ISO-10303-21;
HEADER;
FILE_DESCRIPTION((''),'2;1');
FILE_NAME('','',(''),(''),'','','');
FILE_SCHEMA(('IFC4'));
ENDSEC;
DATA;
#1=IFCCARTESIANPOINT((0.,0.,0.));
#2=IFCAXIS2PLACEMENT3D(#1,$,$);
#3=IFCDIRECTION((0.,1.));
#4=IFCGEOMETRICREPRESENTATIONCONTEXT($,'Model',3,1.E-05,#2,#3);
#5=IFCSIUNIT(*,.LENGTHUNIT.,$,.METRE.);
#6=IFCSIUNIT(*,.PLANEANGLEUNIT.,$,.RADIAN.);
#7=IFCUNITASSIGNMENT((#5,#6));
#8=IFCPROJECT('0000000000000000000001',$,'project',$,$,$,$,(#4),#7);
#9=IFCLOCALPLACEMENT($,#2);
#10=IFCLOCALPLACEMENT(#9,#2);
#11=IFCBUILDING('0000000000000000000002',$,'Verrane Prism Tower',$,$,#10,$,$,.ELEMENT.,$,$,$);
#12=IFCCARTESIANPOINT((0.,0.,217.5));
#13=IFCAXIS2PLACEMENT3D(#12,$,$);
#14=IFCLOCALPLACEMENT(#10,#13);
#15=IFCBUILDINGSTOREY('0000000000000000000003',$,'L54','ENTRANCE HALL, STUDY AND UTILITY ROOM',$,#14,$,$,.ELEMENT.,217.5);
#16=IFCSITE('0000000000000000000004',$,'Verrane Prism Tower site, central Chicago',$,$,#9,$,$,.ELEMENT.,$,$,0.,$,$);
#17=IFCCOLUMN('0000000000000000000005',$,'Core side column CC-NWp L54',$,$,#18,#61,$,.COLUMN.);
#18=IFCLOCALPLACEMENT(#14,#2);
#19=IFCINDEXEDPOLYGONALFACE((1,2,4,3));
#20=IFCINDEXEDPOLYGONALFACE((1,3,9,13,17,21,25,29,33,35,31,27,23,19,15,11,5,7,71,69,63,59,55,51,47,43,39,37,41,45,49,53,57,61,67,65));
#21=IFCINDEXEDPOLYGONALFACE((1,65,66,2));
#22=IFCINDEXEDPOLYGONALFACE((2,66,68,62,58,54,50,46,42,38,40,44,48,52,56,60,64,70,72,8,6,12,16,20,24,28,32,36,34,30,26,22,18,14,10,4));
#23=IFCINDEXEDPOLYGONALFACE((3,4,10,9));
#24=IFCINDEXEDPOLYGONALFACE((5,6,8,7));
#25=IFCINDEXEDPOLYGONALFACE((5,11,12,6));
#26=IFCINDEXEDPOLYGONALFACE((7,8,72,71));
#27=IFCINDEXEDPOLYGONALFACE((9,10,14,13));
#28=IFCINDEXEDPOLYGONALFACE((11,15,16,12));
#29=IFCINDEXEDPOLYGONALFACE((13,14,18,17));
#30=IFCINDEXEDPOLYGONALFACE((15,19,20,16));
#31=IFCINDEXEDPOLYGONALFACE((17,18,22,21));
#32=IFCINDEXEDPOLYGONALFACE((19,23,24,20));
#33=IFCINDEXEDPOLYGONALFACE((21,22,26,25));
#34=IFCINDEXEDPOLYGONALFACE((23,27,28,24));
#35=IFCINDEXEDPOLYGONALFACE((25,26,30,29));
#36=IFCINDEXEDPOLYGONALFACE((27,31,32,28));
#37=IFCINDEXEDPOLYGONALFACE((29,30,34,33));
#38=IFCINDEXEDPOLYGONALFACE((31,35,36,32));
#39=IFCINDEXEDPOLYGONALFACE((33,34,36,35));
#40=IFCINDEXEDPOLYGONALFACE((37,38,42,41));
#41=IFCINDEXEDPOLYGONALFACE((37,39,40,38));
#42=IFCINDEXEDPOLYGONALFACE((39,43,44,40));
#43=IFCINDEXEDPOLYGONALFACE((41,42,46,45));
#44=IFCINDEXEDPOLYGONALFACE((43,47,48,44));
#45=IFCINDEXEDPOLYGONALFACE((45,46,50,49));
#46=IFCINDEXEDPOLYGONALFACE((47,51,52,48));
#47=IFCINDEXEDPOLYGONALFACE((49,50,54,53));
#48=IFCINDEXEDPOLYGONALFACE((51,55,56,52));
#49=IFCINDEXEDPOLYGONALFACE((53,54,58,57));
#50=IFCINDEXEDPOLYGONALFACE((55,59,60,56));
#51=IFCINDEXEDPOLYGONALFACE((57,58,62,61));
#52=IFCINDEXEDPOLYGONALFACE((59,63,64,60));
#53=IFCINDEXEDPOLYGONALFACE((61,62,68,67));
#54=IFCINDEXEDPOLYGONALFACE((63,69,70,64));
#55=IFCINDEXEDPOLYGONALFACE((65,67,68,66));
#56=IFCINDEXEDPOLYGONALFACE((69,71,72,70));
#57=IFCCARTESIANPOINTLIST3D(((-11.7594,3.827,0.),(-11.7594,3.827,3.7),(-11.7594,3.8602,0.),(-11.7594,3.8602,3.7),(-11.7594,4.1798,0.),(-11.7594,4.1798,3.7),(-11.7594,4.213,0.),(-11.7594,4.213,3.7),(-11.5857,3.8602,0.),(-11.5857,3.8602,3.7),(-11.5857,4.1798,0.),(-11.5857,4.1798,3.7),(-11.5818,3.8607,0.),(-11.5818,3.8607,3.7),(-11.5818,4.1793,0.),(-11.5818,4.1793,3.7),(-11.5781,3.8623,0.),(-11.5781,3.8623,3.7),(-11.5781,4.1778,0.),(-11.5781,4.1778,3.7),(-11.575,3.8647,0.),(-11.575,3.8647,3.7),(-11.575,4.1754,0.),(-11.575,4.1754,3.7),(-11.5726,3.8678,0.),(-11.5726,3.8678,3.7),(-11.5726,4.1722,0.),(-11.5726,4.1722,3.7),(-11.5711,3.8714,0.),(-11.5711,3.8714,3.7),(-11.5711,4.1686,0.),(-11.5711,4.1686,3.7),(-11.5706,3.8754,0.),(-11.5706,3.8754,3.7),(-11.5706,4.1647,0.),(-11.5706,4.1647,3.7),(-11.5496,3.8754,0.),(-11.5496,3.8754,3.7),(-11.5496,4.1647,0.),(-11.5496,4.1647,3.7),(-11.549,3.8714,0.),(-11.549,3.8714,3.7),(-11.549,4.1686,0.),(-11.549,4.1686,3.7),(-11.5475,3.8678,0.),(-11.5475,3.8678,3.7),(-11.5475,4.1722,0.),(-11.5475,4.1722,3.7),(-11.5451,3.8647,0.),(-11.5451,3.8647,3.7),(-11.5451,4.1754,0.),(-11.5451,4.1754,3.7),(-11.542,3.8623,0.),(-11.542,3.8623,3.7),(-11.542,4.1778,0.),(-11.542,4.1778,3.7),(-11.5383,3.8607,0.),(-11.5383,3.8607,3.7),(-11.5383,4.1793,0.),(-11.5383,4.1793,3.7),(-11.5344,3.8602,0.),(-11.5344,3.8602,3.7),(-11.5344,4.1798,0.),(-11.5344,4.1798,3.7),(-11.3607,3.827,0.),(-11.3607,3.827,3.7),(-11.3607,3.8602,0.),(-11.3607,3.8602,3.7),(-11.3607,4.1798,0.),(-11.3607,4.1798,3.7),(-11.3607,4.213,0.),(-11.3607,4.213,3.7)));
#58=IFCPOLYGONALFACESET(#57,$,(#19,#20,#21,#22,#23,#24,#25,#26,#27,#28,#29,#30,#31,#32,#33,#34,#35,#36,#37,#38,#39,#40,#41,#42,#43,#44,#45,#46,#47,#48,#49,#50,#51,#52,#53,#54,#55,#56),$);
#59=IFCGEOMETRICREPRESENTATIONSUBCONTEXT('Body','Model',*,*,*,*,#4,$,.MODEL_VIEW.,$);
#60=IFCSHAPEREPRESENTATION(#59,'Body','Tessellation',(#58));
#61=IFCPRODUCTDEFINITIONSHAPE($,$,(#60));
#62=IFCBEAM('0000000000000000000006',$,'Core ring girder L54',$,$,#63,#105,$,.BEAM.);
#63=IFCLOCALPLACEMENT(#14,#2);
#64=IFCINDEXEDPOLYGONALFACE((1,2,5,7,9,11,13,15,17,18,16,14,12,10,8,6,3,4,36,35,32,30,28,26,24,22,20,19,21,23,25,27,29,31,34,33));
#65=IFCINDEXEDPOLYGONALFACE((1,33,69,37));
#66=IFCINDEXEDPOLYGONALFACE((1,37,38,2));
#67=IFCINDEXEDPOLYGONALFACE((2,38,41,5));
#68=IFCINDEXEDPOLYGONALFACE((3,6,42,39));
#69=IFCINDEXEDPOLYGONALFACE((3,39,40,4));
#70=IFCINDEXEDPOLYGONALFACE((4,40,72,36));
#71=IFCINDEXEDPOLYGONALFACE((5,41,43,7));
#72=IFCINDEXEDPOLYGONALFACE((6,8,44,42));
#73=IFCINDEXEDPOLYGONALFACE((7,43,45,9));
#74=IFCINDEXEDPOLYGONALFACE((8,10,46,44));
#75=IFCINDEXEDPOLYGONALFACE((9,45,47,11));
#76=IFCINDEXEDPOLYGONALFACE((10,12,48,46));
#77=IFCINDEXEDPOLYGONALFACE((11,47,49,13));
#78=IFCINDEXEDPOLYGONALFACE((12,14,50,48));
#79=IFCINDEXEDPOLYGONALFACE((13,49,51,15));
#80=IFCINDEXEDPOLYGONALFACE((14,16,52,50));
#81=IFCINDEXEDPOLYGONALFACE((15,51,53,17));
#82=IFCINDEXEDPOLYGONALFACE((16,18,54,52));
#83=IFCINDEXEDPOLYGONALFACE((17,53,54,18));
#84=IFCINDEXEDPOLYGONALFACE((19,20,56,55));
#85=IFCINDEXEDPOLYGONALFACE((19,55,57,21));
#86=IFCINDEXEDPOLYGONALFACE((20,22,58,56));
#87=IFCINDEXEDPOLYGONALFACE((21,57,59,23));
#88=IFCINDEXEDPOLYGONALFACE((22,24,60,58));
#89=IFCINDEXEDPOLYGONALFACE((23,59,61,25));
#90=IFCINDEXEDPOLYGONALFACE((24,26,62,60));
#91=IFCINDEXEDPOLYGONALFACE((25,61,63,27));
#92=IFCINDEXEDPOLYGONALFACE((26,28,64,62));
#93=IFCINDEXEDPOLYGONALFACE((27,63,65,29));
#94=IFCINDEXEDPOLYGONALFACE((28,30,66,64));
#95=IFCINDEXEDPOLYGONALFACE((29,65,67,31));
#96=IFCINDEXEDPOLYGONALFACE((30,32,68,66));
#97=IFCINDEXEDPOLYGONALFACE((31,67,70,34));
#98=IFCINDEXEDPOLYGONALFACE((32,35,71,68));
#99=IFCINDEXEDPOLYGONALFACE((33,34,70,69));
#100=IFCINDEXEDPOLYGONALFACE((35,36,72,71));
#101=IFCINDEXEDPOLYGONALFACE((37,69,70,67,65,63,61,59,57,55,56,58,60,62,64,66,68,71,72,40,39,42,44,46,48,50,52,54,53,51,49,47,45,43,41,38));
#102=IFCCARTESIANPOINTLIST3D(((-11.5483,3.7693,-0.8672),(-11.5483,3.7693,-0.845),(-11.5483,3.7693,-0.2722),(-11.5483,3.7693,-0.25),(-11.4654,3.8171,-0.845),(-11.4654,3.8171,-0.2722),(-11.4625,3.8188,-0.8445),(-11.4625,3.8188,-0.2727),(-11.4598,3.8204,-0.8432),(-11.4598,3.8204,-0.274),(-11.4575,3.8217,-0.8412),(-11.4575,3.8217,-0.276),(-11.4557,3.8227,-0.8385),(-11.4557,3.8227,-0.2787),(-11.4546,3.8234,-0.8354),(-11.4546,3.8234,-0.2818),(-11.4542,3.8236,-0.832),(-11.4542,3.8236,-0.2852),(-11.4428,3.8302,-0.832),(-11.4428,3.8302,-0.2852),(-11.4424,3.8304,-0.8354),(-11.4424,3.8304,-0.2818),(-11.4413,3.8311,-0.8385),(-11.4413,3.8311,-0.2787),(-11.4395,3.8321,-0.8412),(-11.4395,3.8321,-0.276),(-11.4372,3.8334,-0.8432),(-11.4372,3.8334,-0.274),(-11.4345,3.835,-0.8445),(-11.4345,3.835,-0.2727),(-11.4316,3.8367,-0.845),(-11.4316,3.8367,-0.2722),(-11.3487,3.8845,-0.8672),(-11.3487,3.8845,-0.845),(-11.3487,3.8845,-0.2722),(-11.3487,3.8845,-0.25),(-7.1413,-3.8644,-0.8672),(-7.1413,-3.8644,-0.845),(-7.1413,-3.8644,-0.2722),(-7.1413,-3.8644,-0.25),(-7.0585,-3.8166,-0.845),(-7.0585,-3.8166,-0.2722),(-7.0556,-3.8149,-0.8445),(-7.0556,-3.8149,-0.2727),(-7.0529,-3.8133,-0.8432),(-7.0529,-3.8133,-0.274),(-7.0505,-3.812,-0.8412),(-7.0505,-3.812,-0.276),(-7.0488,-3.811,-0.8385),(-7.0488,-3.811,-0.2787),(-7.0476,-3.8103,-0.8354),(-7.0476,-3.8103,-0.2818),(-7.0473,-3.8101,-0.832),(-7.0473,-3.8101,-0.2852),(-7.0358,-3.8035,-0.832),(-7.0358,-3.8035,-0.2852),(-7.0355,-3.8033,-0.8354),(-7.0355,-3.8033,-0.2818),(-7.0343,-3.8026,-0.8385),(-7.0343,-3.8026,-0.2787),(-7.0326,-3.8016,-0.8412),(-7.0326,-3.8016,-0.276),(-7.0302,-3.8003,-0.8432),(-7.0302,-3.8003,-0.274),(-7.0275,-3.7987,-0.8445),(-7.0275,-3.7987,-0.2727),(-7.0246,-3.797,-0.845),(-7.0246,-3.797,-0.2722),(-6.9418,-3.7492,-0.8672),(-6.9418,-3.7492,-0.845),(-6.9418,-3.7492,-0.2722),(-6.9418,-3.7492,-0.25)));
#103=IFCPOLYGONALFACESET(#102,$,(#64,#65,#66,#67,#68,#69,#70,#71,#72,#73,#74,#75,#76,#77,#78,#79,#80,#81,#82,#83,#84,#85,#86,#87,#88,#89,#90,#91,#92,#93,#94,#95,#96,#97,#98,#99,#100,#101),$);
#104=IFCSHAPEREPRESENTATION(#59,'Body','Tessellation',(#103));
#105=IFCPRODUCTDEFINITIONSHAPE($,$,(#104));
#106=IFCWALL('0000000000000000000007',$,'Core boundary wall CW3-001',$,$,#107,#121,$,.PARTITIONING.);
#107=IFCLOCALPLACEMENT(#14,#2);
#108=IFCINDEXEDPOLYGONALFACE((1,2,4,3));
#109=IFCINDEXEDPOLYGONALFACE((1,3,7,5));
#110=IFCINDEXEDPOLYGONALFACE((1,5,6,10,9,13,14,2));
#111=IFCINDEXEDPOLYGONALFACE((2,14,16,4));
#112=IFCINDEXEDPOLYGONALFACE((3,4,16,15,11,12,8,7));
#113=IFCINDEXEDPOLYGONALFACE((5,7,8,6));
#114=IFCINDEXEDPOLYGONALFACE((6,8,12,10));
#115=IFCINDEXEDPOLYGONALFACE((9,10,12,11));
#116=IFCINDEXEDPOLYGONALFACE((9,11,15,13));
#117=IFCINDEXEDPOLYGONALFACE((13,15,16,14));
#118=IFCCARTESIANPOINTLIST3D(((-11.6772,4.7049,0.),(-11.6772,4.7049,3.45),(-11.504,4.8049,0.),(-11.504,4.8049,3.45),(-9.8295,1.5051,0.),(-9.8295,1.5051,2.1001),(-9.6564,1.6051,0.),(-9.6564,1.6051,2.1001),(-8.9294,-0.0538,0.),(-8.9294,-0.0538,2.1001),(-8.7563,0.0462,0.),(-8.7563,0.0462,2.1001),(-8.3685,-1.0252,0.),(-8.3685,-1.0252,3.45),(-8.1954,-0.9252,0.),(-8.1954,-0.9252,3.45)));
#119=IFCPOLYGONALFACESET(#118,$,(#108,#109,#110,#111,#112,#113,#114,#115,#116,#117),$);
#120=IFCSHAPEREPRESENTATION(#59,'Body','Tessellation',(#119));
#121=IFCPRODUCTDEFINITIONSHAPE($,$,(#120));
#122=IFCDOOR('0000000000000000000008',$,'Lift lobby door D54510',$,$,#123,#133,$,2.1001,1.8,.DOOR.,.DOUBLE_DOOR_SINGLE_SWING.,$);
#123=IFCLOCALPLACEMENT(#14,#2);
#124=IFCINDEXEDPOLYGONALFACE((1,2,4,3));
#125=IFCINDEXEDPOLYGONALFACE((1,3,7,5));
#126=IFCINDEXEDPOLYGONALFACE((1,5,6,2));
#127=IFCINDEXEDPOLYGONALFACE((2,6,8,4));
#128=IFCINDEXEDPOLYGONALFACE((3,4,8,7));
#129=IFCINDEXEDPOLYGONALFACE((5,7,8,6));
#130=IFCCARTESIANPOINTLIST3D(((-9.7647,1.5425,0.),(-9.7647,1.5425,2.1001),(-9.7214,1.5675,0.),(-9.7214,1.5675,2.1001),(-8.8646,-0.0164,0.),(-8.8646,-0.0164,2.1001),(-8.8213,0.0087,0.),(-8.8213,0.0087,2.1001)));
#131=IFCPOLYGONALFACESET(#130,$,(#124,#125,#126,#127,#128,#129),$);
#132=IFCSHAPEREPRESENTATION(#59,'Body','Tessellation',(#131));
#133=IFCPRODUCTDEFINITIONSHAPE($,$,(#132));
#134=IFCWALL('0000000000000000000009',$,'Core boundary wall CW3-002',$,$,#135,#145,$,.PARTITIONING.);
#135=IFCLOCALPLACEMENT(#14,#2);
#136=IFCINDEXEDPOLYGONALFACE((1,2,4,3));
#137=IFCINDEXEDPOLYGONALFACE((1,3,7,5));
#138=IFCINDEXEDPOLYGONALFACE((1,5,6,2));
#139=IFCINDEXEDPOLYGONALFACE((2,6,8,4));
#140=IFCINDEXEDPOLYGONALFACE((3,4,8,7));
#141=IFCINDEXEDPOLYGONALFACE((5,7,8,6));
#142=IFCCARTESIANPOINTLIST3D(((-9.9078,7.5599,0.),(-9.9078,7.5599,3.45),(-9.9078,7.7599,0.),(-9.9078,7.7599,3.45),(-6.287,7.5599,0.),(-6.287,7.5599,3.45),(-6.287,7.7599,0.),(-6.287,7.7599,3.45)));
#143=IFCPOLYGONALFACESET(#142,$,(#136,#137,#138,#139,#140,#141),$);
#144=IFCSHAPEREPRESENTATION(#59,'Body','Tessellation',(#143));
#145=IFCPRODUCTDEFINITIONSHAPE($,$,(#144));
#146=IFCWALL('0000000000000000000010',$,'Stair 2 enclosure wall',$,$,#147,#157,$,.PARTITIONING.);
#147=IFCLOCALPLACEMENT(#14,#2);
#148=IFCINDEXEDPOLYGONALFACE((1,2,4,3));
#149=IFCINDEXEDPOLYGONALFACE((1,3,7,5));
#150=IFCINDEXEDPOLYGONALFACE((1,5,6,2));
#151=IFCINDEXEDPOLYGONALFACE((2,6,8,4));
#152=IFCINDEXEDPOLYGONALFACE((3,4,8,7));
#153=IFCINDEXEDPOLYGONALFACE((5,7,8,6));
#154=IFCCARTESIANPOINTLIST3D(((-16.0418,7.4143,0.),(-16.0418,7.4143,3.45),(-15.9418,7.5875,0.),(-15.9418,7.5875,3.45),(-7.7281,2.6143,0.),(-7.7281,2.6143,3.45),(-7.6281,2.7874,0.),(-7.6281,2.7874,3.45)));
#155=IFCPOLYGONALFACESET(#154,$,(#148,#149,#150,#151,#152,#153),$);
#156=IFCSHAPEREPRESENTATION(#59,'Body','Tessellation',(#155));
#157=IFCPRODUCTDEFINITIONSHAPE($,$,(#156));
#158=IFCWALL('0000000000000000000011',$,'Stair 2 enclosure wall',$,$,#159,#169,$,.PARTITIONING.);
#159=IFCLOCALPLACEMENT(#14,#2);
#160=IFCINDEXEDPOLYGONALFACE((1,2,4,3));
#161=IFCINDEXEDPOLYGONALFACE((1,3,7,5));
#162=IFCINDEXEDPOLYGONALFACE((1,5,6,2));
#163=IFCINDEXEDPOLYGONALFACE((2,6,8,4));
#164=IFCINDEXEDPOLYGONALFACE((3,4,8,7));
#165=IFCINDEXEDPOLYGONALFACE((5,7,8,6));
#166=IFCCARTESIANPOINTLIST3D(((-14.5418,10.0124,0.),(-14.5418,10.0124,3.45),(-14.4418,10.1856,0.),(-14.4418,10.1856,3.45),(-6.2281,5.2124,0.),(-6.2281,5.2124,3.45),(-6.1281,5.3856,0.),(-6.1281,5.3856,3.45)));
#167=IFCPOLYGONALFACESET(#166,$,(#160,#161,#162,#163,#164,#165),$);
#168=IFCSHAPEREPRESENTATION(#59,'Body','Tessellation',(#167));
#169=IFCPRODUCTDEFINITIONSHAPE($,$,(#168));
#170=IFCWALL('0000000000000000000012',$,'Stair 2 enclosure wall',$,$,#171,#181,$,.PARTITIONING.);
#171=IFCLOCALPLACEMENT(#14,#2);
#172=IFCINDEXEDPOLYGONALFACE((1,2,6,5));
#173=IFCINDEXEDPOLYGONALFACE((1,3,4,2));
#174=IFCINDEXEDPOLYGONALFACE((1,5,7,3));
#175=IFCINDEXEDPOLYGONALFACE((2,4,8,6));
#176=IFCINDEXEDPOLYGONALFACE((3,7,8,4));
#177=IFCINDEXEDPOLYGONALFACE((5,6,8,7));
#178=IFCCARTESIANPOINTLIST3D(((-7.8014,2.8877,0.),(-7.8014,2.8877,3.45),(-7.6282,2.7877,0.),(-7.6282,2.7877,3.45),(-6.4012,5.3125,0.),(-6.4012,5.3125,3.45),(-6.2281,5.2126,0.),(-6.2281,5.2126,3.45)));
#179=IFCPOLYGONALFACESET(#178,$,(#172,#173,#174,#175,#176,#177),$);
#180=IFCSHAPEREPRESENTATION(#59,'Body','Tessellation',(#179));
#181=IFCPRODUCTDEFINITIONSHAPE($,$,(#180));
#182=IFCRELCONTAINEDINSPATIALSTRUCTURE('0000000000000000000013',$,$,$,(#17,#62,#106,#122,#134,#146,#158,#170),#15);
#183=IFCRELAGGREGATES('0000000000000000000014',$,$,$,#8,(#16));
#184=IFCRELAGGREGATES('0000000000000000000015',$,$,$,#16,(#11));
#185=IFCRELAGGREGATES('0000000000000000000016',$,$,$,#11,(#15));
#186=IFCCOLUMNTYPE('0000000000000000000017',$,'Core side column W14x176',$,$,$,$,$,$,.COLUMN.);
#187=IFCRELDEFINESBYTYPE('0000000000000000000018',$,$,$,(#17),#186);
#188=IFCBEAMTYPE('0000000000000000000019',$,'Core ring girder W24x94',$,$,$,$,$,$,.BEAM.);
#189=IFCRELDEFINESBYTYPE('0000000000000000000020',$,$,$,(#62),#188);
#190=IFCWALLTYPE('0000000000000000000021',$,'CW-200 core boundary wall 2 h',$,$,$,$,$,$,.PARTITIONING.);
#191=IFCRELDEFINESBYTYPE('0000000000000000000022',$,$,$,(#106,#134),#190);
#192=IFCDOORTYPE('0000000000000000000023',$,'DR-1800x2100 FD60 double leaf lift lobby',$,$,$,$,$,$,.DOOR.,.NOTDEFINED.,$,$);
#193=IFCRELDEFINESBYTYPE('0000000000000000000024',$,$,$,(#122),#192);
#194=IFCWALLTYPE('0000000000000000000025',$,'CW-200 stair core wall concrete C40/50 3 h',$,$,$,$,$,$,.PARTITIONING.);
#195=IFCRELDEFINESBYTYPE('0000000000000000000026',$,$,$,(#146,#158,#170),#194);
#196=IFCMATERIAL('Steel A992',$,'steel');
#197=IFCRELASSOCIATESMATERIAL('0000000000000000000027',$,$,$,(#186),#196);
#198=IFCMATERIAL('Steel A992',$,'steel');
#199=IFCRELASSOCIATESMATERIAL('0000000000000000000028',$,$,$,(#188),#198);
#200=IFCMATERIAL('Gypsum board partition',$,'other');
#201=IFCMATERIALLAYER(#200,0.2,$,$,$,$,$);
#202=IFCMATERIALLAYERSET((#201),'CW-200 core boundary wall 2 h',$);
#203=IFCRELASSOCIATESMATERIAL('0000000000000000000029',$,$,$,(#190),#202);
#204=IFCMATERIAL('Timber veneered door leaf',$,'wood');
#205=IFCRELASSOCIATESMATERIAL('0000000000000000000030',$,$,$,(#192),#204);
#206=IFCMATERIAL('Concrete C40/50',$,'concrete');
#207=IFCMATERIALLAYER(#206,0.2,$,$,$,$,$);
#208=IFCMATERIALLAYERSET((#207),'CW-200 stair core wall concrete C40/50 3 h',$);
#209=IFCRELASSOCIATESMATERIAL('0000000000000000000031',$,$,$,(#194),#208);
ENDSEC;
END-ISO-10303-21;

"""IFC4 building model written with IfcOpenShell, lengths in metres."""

from ifc_helpers import new_model, si_unit, direction, frame, frame_2d, origin, origin_2d, place, context, subcontext, project, spatial, rectangle, i_section, extrude, material, layer, layer_set, material_profile, profile_set, type_object, element, fill, save


model = new_model("IFC4")

# Units and contexts
model_context = context("Model", 3, precision=1e-05, world=origin(), true_north=direction((0.0, 1.0)))
body_context = subcontext(model_context, "Body", "Model", "MODEL_VIEW")
ifc_project = project(units=[si_unit("LENGTHUNIT", "METRE"), si_unit("PLANEANGLEUNIT", "RADIAN")], contexts=[model_context])

# Site, building, storey
site_placement = place(None, origin())
site = spatial("IfcSite", under=ifc_project, at=site_placement, Name="Verrane Prism Tower site, central Chicago", CompositionType="ELEMENT", RefElevation=0.0)
building_placement = place(site_placement, origin())
building = spatial("IfcBuilding", under=site, at=building_placement, Name="Verrane Prism Tower", CompositionType="ELEMENT")
storey_placement = place(building_placement, frame((0.0, 0.0, 217.5)))
storey = spatial("IfcBuildingStorey", under=building, at=storey_placement, Name="L54", Description="ENTRANCE HALL, STUDY AND UTILITY ROOM", CompositionType="ELEMENT", Elevation=217.5)

# Column
ifc_material_1 = material(Name="Steel A992", Category="steel")
ifc_material_profile_1 = material_profile(ifc_material_1, i_section(OverallWidth=0.3987, OverallDepth=0.386, WebThickness=0.021, FlangeThickness=0.0332, FilletRadius=0.0151, at=origin_2d()), Name="W14x176")
ifc_profile_set_1 = profile_set([ifc_material_profile_1], Name="Steel A992")
column_type = type_object("IfcColumnType", Name="Core side column W14x176", PredefinedType="COLUMN", material=ifc_profile_set_1)
column_placement = place(storey_placement, frame((-11.5601, 4.02, 0.0), z_axis=(0.0, 0.0, 1.0), x_axis=(1.0, 0.0, 0.0)))
element("IfcColumn", 1, at=column_placement, inside=storey, type_object=column_type, Name="Core side column CC-NWp L54", PredefinedType="COLUMN", context=body_context, shape_type="SweptSolid", body=[
    extrude(i_section(OverallWidth=0.3987, OverallDepth=0.386, WebThickness=0.021, FlangeThickness=0.0332, FilletRadius=0.0151, at=origin_2d()), origin(), (0.0, 0.0, 1.0), 3.7),
])

# Beam
ifc_material_2 = material(Name="Steel A992", Category="steel")
ifc_material_profile_2 = material_profile(ifc_material_2, i_section(OverallWidth=0.2305, OverallDepth=0.6172, WebThickness=0.0132, FlangeThickness=0.0222, FilletRadius=0.0129, at=origin_2d()), Name="W24x94")
ifc_profile_set_2 = profile_set([ifc_material_profile_2], Name="Steel A992")
beam_type = type_object("IfcBeamType", Name="Core ring girder W24x94", PredefinedType="BEAM", material=ifc_profile_set_2)
beam_placement = place(storey_placement, frame((-11.4485, 3.8269, -0.5586), z_axis=(0.499967, -0.866044, 0.0), x_axis=(0.866044, 0.499967, 0.0)))
element("IfcBeam", 2, at=beam_placement, inside=storey, type_object=beam_type, Name="Core ring girder L54", PredefinedType="BEAM", context=body_context, shape_type="SweptSolid", body=[
    extrude(i_section(OverallWidth=0.2305, OverallDepth=0.6172, WebThickness=0.0132, FlangeThickness=0.0222, FilletRadius=0.0129, at=origin_2d()), origin(), (0.0, 0.0, 1.0), 8.8145),
])

# Wall, opening, door
ifc_material_3 = material(Name="Gypsum board partition", Category="other")
ifc_layer_1 = layer(ifc_material_3, 0.2)
ifc_layer_set_1 = layer_set([ifc_layer_1], Name="CW-200 core boundary wall 2 h")
wall_type_1 = type_object("IfcWallType", Name="CW-200 core boundary wall 2 h", PredefinedType="PARTITIONING", material=ifc_layer_set_1)
wall_1_placement = place(storey_placement, frame((-11.5906, 4.7549, 0.0), z_axis=(0.0, 0.0, 1.0), x_axis=(0.500044, -0.866, 0.0)))
wall_1 = element("IfcWall", 3, at=wall_1_placement, inside=storey, type_object=wall_type_1, Name="Core boundary wall CW3-001", PredefinedType="PARTITIONING", context=body_context, shape_type="SweptSolid", body=[
    extrude(rectangle(XDim=6.6167, YDim=0.2, at=frame_2d((3.3083, 0.0))), origin(), (0.0, 0.0, 1.0), 3.45),
])
opening_1_placement = place(wall_1_placement, frame((3.6951, 0.0, 0.0)))
opening_1 = element("IfcOpeningElement", 4, at=opening_1_placement, cuts=wall_1, PredefinedType="OPENING", context=body_context, shape_type="SweptSolid", body=[
    extrude(rectangle(XDim=1.8, YDim=2.1001, at=frame_2d((0.8999, 1.05))), frame((0.0, 0.1099, 0.0), z_axis=(0.0, -1.0, 0.0), x_axis=(1.0, 0.0, 0.0)), (0.0, 0.0, 1.0), 0.22),
])
ifc_material_4 = material(Name="Timber veneered door leaf", Category="wood")
door_type_1 = type_object("IfcDoorType", Name="DR-1800x2100 FD60 double leaf lift lobby", OperationType="NOTDEFINED", PredefinedType="DOOR", material=ifc_material_4)
door_1_placement = place(opening_1_placement, origin())
door_1 = element("IfcDoor", 5, at=door_1_placement, inside=storey, type_object=door_type_1, Name="Lift lobby door D54510", OperationType="DOUBLE_DOOR_SINGLE_SWING", OverallHeight=2.1001, OverallWidth=1.8, PredefinedType="DOOR", context=body_context, shape_type="SweptSolid", body=[
    extrude(rectangle(XDim=1.8, YDim=2.1001, at=frame_2d((0.8999, 1.05))), frame((0.0, 0.0249, 0.0), z_axis=(0.0, -1.0, 0.0), x_axis=(1.0, 0.0, 0.0)), (0.0, 0.0, 1.0), 0.05),
])
fill(opening_1, door_1)

# Walls
wall_2_placement = place(storey_placement, frame((-9.908, 7.6599, 0.0), z_axis=(0.0, 0.0, 1.0), x_axis=(1.0, 0.0, 0.0)))
element("IfcWall", 6, at=wall_2_placement, inside=storey, type_object=wall_type_1, Name="Core boundary wall CW3-002", PredefinedType="PARTITIONING", context=body_context, shape_type="SweptSolid", body=[
    extrude(rectangle(XDim=3.6208, YDim=0.2, at=frame_2d((1.8105, 0.0))), origin(), (0.0, 0.0, 1.0), 3.45),
])
ifc_material_5 = material(Name="Concrete C40/50", Category="concrete")
ifc_layer_2 = layer(ifc_material_5, 0.2)
ifc_layer_set_2 = layer_set([ifc_layer_2], Name="CW-200 stair core wall concrete C40/50 3 h")
wall_type_2 = type_object("IfcWallType", Name="CW-200 stair core wall concrete C40/50 3 h", PredefinedType="PARTITIONING", material=ifc_layer_set_2)
for number, where, z_axis, x_axis, name in (
    (7, (-7.6782, 2.7009, 0.0), (0.0, 0.0, 1.0), (-0.86602, 0.500009, 0.0), "Stair 2 enclosure wall"),
    (8, (-6.1782, 5.2991, 0.0), (0.0, 0.0, 1.0), (-0.86602, 0.500009, 0.0), "Stair 2 enclosure wall"),
):
    element("IfcWall", number, at=place(storey_placement, frame(where, z_axis=z_axis, x_axis=x_axis)), inside=storey, type_object=wall_type_2, Name=name, PredefinedType="PARTITIONING", context=body_context, shape_type="SweptSolid", body=[
        extrude(rectangle(XDim=9.5999, YDim=0.2, at=frame_2d((4.7998, 0.0))), origin(), (0.0, 0.0, 1.0), 3.45),
    ])
wall_3_placement = place(storey_placement, frame((-6.3147, 5.2625, 0.0), z_axis=(0.0, 0.0, 1.0), x_axis=(-0.50005, -0.865997, 0.0)))
element("IfcWall", 9, at=wall_3_placement, inside=storey, type_object=wall_type_2, Name="Stair 2 enclosure wall", PredefinedType="PARTITIONING", context=body_context, shape_type="SweptSolid", body=[
    extrude(rectangle(XDim=2.8, YDim=0.2, at=frame_2d((1.3999, 0.0))), origin(), (0.0, 0.0, 1.0), 3.45),
])

save(model, "model.ifc")
